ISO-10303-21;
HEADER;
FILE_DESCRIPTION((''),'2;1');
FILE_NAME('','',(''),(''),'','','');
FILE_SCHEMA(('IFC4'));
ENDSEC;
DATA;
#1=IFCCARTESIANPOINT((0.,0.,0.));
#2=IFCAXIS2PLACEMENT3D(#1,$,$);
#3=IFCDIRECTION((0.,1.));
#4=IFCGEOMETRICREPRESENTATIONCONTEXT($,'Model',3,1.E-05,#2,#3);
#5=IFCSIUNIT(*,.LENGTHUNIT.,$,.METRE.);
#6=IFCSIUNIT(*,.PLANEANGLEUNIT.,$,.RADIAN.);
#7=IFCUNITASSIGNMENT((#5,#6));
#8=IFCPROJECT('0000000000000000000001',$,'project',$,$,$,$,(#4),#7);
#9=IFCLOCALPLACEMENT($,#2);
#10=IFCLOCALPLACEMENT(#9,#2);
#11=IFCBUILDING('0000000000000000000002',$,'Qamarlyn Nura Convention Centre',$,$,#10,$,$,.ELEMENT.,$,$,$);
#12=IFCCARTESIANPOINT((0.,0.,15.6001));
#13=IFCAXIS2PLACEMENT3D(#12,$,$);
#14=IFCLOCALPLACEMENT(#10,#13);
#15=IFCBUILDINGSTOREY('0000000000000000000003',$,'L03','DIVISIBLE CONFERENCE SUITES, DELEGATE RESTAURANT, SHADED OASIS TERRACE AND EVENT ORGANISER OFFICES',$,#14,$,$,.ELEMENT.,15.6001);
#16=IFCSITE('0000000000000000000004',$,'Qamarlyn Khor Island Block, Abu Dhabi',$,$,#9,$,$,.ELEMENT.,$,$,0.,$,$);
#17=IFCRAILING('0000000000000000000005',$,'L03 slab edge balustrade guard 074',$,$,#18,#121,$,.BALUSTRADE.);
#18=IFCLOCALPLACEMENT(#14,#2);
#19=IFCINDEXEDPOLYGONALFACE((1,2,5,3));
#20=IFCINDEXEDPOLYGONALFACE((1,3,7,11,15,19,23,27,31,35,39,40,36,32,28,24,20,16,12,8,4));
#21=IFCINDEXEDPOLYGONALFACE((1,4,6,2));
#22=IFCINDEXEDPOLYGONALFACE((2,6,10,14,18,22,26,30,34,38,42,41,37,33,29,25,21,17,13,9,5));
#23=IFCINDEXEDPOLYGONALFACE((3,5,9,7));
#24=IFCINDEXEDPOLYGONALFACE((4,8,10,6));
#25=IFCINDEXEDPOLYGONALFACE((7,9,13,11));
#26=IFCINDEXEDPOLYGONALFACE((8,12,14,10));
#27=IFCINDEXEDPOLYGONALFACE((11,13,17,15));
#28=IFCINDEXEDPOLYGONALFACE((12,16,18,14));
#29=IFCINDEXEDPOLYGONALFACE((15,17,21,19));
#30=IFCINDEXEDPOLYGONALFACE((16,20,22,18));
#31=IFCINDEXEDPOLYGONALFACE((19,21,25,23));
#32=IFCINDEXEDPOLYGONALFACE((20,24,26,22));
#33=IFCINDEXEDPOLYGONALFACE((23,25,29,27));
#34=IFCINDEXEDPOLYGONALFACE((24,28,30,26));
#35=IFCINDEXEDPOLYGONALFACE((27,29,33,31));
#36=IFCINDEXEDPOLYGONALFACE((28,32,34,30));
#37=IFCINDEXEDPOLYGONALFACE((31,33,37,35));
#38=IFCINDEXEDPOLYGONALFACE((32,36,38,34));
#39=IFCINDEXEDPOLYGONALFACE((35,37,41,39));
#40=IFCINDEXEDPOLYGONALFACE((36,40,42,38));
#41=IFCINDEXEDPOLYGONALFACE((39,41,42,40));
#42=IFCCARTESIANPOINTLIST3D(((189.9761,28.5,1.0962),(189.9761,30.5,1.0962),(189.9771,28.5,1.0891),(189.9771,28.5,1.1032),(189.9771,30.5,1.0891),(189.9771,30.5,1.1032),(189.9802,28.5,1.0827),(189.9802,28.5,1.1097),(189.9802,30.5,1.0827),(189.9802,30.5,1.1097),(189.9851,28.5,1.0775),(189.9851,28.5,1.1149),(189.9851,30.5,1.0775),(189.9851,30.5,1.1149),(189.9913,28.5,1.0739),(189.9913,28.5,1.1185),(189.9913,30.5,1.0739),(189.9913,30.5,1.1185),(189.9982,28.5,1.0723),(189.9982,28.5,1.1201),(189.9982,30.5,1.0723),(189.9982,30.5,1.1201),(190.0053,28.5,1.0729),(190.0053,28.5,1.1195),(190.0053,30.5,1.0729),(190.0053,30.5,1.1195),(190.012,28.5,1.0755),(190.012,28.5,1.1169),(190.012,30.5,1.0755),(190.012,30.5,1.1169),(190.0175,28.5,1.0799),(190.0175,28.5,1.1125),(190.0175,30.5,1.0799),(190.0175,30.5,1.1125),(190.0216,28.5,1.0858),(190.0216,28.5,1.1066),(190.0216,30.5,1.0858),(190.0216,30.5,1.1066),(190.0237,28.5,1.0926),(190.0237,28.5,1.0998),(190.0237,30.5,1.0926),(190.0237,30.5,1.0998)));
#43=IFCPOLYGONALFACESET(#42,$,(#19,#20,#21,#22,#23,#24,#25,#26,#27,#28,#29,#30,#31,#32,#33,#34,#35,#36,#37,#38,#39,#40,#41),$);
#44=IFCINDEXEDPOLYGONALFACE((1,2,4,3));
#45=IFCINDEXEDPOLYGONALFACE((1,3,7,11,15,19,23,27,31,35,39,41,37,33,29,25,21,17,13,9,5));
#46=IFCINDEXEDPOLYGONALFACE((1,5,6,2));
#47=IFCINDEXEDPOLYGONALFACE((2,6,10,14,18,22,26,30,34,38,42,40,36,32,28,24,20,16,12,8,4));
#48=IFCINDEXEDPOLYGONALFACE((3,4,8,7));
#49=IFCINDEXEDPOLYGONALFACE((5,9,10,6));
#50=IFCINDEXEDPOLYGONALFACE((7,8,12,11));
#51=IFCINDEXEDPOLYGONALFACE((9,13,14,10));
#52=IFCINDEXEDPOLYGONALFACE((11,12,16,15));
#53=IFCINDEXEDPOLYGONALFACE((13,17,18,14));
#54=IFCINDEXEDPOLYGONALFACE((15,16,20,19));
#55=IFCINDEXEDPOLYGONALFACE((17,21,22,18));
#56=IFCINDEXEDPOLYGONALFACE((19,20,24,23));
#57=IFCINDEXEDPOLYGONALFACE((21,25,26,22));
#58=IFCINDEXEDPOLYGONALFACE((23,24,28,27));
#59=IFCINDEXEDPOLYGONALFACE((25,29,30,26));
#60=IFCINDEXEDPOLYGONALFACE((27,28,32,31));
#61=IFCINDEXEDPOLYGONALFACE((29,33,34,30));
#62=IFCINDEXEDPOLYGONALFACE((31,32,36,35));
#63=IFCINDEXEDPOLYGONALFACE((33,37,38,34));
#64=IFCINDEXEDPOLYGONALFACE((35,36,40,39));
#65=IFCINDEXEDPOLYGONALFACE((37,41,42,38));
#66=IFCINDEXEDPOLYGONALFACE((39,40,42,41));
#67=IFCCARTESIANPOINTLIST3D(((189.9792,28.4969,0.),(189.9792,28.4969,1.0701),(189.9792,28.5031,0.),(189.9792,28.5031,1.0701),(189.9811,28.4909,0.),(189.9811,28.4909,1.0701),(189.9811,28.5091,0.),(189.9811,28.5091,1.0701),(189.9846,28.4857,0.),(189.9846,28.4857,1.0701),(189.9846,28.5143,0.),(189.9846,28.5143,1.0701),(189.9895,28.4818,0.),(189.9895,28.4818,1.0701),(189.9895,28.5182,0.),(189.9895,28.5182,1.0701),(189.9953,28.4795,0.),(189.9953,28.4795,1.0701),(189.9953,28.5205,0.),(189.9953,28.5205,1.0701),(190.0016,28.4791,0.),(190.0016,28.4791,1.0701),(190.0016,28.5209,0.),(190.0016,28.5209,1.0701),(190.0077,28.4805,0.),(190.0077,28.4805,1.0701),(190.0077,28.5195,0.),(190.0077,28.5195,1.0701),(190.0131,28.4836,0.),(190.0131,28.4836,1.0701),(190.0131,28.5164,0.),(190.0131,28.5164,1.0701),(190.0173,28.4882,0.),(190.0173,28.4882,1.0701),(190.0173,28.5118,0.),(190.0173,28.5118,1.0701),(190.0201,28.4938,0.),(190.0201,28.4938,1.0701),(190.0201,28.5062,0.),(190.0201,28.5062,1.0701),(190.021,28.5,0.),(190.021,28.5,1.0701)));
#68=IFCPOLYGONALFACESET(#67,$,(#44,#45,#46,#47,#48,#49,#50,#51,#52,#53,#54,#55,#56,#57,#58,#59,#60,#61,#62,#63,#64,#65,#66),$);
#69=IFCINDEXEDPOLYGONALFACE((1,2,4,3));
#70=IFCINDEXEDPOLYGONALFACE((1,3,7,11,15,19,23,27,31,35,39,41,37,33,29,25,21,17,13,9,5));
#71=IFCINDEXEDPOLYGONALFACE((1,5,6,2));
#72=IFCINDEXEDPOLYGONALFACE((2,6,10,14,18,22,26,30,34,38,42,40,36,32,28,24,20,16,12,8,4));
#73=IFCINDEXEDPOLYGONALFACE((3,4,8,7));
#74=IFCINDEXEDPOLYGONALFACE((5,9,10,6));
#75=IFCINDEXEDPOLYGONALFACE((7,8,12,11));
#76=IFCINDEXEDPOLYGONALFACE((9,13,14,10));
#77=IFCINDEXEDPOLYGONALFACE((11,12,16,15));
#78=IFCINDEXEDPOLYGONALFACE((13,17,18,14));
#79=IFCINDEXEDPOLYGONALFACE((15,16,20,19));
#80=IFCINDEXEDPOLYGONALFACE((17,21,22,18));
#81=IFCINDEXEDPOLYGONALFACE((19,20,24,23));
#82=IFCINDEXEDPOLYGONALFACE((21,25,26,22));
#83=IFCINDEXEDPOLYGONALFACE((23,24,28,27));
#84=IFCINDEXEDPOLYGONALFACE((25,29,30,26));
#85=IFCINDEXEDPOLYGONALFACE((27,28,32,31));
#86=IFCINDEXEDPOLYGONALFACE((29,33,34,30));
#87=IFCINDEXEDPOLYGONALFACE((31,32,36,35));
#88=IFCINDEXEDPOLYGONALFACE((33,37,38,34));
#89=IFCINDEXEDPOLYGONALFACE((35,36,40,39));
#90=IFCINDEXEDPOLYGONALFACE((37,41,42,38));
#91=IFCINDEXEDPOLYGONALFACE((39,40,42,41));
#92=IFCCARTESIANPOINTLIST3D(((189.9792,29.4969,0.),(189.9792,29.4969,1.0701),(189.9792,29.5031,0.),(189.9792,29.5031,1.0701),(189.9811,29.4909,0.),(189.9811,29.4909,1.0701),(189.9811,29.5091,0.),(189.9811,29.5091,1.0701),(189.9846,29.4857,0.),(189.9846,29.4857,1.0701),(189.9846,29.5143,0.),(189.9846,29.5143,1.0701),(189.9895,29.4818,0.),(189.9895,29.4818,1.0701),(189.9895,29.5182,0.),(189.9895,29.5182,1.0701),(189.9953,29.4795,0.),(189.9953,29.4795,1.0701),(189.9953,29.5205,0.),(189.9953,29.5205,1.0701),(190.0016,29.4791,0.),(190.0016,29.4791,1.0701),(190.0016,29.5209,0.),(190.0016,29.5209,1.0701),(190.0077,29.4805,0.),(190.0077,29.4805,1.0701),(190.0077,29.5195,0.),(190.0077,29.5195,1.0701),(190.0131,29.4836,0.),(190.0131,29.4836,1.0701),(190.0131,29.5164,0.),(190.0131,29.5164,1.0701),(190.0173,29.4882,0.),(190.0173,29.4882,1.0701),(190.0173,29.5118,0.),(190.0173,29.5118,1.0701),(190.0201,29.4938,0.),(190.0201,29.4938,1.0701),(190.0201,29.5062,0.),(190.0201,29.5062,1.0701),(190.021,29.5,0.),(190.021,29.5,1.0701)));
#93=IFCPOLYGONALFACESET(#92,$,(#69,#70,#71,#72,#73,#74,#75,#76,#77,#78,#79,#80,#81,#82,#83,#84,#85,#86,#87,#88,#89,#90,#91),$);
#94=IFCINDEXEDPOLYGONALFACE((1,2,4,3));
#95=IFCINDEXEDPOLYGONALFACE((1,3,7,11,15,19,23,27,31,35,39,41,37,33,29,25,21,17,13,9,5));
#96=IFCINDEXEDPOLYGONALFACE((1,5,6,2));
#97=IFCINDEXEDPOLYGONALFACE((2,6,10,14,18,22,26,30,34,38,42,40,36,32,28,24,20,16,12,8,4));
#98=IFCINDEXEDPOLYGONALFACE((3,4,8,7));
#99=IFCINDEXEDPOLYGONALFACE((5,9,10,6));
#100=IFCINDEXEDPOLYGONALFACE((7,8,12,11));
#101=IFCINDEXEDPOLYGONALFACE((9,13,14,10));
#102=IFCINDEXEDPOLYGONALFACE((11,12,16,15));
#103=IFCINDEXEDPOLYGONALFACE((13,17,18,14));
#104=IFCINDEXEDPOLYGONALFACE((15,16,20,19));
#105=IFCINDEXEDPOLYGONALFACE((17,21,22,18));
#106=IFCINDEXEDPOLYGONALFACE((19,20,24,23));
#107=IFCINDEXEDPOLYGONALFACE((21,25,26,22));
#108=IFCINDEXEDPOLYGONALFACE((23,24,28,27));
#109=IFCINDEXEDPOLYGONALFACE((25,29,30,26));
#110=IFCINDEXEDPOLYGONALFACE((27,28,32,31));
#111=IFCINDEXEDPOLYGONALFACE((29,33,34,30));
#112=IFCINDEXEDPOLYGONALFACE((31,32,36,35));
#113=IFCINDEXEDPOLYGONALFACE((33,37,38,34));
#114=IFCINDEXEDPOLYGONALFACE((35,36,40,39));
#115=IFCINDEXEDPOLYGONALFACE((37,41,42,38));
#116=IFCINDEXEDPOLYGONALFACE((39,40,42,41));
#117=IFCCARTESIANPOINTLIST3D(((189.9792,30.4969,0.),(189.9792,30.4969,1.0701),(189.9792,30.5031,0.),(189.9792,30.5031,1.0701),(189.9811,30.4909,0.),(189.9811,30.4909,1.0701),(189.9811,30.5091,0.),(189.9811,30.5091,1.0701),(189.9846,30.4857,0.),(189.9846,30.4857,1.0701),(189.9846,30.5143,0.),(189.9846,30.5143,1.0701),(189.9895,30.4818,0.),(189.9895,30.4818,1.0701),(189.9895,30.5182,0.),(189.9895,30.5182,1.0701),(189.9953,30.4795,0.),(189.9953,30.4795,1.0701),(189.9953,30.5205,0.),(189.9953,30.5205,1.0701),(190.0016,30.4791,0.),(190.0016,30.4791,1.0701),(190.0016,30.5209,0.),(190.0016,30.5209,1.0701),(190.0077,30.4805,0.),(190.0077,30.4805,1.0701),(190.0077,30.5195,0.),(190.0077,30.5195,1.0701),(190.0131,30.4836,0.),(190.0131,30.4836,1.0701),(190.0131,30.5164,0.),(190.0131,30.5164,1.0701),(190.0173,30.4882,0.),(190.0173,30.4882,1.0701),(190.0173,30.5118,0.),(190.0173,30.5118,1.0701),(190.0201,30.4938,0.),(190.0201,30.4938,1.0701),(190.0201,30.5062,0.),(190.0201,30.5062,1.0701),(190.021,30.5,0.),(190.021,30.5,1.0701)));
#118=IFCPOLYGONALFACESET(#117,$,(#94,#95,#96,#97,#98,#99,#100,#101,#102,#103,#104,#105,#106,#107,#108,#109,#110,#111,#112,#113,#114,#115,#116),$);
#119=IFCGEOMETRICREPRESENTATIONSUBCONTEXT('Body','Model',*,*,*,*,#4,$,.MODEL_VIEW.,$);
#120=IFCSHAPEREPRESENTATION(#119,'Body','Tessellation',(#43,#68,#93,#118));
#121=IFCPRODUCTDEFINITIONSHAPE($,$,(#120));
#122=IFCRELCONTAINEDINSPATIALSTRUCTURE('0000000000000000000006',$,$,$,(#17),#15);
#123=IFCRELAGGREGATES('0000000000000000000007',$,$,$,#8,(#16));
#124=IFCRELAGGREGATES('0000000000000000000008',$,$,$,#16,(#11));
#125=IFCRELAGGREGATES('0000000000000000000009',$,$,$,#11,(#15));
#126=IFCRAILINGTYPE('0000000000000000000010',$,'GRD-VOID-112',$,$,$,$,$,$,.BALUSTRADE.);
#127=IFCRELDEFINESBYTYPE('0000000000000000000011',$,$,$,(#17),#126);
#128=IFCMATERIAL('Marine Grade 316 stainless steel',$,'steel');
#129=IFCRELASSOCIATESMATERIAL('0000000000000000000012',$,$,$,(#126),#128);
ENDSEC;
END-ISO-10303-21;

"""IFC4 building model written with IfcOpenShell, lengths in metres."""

from ifc_helpers import new_model, si_unit, direction, frame, origin, origin_2d, place, context, subcontext, project, spatial, circle, extrude, material, type_object, element, save


model = new_model("IFC4")

# Units and contexts
model_context = context("Model", 3, precision=1e-05, world=origin(), true_north=direction((0.0, 1.0)))
body_context = subcontext(model_context, "Body", "Model", "MODEL_VIEW")
ifc_project = project(units=[si_unit("LENGTHUNIT", "METRE"), si_unit("PLANEANGLEUNIT", "RADIAN")], contexts=[model_context])

# Site, building, storey
site_placement = place(None, origin())
site = spatial("IfcSite", under=ifc_project, at=site_placement, Name="Qamarlyn Khor Island Block, Abu Dhabi", CompositionType="ELEMENT", RefElevation=0.0)
building_placement = place(site_placement, origin())
building = spatial("IfcBuilding", under=site, at=building_placement, Name="Qamarlyn Nura Convention Centre", CompositionType="ELEMENT")
storey_placement = place(building_placement, frame((0.0, 0.0, 15.6001)))
storey = spatial("IfcBuildingStorey", under=building, at=storey_placement, Name="L03", Description="DIVISIBLE CONFERENCE SUITES, DELEGATE RESTAURANT, SHADED OASIS TERRACE AND EVENT ORGANISER OFFICES", CompositionType="ELEMENT", Elevation=15.6001)

# Railing
ifc_material_1 = material(Name="Marine Grade 316 stainless steel", Category="steel")
railing_type = type_object("IfcRailingType", Name="GRD-VOID-112", PredefinedType="BALUSTRADE", material=ifc_material_1)
railing_1_placement = place(storey_placement, frame((190.0, 28.5, 0.0)))
element("IfcRailing", 1, at=railing_1_placement, inside=storey, type_object=railing_type, Name="L03 slab edge balustrade guard 074", PredefinedType="BALUSTRADE", context=body_context, shape_type="SweptSolid", body=[
    extrude(circle(Radius=0.0239, at=origin_2d()), frame((0.0, 0.0, 1.0962), z_axis=(0.0, 1.0, 0.0), x_axis=(-1.0, 0.0, 0.0)), (0.0, 0.0, 1.0), 2.0),
    extrude(circle(Radius=0.021, at=origin_2d()), origin(), (0.0, 0.0, 1.0), 1.0701),
    extrude(circle(Radius=0.021, at=origin_2d()), frame((0.0, 1.0, 0.0)), (0.0, 0.0, 1.0), 1.0701),
    extrude(circle(Radius=0.021, at=origin_2d()), frame((0.0, 2.0, 0.0)), (0.0, 0.0, 1.0), 1.0701),
])

save(model, "model.ifc")
